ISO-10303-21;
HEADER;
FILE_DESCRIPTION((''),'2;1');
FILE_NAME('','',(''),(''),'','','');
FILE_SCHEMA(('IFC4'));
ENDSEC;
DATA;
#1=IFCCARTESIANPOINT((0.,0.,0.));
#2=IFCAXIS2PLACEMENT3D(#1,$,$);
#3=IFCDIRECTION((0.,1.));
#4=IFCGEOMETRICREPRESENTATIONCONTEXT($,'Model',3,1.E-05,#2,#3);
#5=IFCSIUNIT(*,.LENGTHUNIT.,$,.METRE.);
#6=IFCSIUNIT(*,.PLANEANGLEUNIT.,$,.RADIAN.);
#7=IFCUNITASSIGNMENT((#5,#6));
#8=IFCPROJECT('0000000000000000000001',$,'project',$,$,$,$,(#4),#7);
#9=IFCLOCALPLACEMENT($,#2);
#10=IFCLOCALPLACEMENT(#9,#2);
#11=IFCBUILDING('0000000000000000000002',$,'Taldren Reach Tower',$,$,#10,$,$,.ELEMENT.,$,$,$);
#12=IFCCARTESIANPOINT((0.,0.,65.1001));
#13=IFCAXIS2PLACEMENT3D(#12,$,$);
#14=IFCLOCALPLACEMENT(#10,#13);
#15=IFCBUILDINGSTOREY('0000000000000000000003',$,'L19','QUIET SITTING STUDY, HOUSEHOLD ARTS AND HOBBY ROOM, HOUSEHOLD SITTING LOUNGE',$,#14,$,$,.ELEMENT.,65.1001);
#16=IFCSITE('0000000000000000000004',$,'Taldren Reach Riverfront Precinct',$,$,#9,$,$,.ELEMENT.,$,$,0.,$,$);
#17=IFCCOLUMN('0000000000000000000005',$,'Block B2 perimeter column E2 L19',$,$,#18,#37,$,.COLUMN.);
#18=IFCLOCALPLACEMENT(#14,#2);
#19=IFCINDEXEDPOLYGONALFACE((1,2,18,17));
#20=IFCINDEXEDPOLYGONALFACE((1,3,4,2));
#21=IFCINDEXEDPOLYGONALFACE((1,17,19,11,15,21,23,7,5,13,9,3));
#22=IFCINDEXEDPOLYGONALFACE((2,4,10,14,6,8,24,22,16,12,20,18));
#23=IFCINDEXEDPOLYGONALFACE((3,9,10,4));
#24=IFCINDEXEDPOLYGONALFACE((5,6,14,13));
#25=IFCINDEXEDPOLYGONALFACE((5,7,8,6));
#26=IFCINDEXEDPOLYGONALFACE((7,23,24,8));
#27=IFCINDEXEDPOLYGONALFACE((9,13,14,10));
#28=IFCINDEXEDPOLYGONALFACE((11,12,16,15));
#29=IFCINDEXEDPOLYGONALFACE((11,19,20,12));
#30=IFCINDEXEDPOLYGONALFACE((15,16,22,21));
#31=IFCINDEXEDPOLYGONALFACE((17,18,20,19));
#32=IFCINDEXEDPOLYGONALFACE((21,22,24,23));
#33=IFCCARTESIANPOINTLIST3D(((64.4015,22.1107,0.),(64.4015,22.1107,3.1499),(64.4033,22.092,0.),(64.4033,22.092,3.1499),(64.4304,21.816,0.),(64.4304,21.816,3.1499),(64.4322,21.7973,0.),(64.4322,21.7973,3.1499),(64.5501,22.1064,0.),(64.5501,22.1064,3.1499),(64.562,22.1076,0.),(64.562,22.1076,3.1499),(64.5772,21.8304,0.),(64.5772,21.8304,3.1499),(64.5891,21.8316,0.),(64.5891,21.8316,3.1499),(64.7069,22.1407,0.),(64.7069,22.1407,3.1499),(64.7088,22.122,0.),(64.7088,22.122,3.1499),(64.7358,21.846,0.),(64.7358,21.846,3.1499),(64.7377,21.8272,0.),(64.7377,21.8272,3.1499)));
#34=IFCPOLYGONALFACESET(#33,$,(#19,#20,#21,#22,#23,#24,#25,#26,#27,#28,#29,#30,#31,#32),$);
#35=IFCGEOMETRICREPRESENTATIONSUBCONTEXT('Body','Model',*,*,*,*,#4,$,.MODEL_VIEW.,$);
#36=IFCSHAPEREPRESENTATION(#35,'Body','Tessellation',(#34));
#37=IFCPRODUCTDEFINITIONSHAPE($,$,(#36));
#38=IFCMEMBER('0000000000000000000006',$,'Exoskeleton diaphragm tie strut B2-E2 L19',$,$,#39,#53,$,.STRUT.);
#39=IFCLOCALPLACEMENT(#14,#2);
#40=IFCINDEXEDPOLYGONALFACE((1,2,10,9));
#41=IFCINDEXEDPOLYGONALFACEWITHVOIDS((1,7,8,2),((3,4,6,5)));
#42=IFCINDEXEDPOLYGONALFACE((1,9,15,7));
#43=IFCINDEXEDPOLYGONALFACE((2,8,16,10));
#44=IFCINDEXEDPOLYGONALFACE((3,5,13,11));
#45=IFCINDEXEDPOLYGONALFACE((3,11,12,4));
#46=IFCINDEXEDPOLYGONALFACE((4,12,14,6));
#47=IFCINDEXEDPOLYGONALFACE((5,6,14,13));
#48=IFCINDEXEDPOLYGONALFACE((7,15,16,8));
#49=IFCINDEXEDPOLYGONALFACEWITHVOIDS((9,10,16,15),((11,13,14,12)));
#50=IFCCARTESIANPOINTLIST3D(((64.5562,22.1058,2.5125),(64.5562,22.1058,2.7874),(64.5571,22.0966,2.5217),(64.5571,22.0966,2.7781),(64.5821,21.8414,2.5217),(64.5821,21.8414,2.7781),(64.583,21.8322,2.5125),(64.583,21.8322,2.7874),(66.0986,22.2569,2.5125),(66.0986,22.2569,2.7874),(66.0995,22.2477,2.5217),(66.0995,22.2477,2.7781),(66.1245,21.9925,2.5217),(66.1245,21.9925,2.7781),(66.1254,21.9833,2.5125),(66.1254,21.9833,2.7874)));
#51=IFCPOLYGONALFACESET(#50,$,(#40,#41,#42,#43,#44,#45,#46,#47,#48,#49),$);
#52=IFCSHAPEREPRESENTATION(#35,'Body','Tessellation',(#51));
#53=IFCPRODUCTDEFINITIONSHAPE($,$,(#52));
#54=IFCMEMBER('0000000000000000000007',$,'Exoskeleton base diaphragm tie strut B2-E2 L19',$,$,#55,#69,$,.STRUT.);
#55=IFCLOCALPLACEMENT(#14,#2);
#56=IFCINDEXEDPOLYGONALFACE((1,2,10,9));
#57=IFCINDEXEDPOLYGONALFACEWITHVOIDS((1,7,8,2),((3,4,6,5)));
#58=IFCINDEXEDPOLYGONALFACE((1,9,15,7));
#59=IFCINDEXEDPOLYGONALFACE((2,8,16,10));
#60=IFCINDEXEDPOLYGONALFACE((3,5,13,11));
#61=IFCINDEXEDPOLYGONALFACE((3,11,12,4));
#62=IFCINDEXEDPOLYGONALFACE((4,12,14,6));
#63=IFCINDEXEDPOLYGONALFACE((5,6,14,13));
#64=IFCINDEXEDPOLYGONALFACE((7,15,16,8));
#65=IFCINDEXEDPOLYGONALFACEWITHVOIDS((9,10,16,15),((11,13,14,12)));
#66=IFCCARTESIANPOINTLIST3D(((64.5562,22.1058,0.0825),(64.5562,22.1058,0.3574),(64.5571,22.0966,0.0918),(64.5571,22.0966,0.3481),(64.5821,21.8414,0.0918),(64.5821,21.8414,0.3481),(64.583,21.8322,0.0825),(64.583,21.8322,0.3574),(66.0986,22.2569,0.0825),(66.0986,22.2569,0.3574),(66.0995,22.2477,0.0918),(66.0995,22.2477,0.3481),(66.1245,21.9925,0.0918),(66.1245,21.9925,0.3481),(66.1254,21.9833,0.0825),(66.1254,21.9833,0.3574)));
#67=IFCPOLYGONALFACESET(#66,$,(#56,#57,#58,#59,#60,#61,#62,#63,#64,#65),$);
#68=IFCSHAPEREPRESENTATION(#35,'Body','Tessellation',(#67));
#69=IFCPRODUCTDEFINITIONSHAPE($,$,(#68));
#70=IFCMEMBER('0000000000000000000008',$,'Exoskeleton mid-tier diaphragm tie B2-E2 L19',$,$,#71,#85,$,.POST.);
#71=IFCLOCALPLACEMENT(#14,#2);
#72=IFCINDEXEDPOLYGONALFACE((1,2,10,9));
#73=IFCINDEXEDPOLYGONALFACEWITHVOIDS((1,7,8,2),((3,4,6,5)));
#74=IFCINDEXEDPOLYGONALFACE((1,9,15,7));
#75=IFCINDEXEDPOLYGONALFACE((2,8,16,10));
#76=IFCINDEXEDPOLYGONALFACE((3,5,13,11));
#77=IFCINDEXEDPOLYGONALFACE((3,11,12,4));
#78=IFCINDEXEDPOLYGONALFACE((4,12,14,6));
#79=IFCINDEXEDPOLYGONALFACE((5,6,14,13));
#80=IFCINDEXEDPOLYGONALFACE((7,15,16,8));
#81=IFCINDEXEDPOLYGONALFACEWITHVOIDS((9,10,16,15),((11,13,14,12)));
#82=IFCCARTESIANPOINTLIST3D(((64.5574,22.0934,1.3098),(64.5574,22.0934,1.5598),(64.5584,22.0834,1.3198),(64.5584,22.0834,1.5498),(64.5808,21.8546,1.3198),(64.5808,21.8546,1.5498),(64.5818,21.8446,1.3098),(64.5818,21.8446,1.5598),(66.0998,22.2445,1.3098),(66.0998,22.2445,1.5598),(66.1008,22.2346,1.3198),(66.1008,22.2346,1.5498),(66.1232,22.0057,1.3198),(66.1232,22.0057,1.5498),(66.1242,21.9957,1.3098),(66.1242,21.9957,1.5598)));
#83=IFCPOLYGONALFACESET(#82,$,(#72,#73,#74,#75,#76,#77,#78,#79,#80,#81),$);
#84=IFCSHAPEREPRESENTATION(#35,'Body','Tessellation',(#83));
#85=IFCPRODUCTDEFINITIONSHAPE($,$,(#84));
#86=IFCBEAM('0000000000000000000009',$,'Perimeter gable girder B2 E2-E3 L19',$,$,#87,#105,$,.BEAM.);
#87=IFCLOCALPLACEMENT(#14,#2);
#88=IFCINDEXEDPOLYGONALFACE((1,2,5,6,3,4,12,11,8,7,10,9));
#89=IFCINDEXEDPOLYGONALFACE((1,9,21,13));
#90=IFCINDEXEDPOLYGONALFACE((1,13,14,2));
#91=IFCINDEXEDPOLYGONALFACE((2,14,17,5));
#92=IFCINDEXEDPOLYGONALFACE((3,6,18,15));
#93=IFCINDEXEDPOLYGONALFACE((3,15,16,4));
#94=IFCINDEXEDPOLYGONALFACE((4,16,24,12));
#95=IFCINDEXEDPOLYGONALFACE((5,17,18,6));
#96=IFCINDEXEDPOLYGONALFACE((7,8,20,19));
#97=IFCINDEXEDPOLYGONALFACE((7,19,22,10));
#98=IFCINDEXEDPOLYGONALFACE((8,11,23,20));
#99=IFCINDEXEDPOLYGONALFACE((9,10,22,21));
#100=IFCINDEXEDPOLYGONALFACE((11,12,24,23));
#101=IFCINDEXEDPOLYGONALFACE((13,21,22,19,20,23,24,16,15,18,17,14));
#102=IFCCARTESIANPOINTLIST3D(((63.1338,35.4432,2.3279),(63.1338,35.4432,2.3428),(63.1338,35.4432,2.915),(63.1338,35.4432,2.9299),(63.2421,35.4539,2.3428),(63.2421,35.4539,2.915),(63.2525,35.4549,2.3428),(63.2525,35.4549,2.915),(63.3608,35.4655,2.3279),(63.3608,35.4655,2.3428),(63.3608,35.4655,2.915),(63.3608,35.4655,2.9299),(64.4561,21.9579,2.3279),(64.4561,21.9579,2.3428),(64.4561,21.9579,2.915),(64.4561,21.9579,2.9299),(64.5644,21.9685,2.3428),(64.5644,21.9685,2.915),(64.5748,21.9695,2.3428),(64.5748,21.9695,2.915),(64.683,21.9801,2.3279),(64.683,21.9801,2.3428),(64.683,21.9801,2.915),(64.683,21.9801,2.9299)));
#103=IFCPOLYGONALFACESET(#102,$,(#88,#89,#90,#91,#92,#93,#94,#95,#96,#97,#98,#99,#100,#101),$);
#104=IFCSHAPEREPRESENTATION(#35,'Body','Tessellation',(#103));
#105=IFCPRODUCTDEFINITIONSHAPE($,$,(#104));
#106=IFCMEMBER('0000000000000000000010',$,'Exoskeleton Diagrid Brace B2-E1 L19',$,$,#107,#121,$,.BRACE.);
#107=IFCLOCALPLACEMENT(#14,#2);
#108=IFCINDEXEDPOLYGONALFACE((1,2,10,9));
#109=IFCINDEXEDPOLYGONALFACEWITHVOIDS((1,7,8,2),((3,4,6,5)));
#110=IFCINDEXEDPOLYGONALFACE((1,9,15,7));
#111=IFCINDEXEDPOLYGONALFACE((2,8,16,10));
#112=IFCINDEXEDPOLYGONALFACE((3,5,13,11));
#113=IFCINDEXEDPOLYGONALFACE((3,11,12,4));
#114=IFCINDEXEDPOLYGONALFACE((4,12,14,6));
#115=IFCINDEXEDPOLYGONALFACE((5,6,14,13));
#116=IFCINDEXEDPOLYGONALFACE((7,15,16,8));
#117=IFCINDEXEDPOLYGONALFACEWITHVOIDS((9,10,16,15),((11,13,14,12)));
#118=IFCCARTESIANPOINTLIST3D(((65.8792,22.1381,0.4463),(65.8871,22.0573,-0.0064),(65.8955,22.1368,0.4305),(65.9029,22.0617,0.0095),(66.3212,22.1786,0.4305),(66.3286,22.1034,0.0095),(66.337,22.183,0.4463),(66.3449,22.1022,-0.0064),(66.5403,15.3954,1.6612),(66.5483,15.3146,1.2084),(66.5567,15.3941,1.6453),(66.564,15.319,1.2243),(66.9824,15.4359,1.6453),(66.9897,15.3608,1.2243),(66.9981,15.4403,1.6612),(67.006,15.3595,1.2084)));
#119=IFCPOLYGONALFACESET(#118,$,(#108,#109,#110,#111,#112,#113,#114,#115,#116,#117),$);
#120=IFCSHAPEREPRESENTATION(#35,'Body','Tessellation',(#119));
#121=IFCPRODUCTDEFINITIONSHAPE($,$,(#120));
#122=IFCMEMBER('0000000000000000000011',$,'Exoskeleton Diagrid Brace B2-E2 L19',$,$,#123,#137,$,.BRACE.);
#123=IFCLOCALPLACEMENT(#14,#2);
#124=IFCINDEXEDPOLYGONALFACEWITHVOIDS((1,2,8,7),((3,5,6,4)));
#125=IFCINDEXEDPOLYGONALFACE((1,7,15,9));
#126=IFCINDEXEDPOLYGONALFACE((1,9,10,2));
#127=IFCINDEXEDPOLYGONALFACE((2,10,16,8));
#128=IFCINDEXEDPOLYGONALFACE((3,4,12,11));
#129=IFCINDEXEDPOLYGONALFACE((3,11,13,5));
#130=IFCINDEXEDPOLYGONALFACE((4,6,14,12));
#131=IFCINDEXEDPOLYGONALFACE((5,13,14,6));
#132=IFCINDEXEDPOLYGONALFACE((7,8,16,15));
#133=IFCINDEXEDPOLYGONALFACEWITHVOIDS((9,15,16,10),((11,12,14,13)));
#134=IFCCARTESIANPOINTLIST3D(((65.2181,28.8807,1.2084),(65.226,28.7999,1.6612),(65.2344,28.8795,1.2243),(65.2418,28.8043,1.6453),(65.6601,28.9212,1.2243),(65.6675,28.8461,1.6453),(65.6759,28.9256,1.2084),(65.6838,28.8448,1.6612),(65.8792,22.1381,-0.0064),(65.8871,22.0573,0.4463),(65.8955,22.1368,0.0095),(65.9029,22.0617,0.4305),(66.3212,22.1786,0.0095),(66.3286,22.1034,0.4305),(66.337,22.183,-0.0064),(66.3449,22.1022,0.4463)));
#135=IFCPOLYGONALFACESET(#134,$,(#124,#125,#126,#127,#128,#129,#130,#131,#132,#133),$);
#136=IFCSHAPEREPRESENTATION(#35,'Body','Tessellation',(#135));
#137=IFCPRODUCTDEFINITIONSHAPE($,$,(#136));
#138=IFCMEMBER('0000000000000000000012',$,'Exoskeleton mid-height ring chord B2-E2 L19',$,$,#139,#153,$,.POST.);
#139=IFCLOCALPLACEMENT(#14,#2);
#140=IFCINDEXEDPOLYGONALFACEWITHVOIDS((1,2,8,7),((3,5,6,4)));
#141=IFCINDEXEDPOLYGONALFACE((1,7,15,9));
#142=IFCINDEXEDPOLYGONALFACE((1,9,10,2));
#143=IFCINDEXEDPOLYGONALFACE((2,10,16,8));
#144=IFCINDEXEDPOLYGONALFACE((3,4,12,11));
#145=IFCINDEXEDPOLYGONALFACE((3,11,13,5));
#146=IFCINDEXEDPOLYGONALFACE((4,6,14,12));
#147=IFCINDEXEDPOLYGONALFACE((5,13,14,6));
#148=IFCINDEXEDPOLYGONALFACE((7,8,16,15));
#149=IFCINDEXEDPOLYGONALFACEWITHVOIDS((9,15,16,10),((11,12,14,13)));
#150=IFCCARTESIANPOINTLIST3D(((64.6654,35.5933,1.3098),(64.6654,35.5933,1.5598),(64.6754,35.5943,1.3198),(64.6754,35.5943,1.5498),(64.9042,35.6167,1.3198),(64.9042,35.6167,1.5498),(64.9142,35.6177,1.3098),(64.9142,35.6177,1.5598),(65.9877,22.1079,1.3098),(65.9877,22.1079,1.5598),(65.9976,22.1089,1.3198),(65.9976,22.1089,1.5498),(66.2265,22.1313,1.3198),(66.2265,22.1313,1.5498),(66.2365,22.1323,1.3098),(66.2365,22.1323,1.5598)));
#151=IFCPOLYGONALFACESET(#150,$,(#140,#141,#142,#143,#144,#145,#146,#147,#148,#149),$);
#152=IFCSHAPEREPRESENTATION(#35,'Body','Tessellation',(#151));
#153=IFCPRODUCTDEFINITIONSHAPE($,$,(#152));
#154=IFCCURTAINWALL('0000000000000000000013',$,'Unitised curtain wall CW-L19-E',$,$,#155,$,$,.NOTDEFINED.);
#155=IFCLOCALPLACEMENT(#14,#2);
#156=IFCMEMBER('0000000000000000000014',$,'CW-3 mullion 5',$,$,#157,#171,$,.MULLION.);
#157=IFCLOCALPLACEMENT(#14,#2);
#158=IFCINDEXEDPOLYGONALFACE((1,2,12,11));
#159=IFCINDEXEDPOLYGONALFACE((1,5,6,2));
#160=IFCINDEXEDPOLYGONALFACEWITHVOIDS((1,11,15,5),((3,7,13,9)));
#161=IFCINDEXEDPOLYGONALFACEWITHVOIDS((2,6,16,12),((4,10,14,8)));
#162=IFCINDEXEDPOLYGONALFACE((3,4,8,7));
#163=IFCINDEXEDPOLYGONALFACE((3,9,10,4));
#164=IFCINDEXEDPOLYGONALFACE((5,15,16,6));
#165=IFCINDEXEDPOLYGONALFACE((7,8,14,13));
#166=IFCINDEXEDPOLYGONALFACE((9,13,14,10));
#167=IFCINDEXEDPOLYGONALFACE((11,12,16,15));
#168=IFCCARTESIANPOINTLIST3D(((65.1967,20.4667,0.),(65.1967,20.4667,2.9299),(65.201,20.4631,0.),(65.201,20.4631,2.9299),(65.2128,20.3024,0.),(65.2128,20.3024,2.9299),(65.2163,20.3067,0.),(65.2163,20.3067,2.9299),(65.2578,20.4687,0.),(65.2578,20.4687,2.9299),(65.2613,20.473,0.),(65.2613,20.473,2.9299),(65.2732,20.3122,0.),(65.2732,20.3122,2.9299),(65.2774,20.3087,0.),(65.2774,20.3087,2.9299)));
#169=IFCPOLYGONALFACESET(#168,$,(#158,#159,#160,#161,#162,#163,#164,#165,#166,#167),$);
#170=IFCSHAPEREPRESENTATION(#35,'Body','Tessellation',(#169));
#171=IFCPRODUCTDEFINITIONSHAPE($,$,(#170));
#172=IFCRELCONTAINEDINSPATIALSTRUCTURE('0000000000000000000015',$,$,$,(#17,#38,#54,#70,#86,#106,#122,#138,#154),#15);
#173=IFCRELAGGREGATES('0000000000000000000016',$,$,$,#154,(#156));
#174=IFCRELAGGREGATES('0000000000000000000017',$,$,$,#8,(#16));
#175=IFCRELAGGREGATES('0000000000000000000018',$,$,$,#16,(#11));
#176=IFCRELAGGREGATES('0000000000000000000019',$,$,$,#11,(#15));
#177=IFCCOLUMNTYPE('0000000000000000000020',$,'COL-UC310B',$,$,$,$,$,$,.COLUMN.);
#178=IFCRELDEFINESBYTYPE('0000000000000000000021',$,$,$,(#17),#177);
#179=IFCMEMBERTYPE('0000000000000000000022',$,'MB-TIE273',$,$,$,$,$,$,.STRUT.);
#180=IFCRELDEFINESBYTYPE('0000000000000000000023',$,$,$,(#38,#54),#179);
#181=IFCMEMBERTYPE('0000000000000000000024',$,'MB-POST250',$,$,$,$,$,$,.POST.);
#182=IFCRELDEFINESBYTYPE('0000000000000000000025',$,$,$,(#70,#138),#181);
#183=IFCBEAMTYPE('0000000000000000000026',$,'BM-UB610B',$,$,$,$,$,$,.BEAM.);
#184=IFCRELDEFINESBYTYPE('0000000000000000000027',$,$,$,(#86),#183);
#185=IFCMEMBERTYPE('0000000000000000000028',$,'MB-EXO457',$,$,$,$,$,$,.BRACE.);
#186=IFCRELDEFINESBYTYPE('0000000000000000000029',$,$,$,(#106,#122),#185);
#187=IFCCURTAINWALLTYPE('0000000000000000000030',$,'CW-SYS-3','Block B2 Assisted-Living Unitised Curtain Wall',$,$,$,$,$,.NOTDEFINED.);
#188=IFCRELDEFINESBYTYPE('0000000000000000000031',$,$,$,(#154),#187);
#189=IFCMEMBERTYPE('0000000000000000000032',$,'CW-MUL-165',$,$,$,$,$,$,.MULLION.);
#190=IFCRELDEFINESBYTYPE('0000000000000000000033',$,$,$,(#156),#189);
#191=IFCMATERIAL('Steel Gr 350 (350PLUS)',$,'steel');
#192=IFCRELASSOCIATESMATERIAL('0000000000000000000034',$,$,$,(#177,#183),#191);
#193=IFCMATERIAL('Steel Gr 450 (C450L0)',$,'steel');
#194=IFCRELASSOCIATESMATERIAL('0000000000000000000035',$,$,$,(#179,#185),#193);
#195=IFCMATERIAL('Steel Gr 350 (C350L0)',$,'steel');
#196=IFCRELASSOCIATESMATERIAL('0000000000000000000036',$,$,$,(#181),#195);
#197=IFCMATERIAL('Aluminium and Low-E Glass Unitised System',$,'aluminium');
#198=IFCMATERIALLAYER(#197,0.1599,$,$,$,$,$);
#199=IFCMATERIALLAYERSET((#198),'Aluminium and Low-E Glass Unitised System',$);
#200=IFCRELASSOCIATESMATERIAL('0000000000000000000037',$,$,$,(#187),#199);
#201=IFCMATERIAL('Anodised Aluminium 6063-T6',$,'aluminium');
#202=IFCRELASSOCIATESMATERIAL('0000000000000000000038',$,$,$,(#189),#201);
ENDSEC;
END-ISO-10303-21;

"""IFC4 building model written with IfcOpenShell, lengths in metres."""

from ifc_helpers import new_model, si_unit, direction, frame, origin, origin_2d, place, context, subcontext, project, spatial, hollow_rectangle, i_section, extrude, source, transform, mapped, material, layer, layer_set, material_profile, profile_set, type_object, element, aggregate, save


model = new_model("IFC4")

# Units and contexts
model_context = context("Model", 3, precision=1e-05, world=origin(), true_north=direction((0.0, 1.0)))
body_context = subcontext(model_context, "Body", "Model", "MODEL_VIEW")
ifc_project = project(units=[si_unit("LENGTHUNIT", "METRE"), si_unit("PLANEANGLEUNIT", "RADIAN")], contexts=[model_context])

# Site, building, storey
site_placement = place(None, origin())
site = spatial("IfcSite", under=ifc_project, at=site_placement, Name="Taldren Reach Riverfront Precinct", CompositionType="ELEMENT", RefElevation=0.0)
building_placement = place(site_placement, origin())
building = spatial("IfcBuilding", under=site, at=building_placement, Name="Taldren Reach Tower", CompositionType="ELEMENT")
storey_placement = place(building_placement, frame((0.0, 0.0, 65.1001)))
storey = spatial("IfcBuildingStorey", under=building, at=storey_placement, Name="L19", Description="QUIET SITTING STUDY, HOUSEHOLD ARTS AND HOBBY ROOM, HOUSEHOLD SITTING LOUNGE", CompositionType="ELEMENT", Elevation=65.1001)

# Column
ifc_material_1 = material(Name="Steel Gr 350 (350PLUS)", Category="steel")
ifc_material_profile_1 = material_profile(ifc_material_1, i_section(OverallWidth=0.3069, OverallDepth=0.3149, WebThickness=0.012, FlangeThickness=0.0188, at=origin_2d()), Name="310UC118")
ifc_profile_set_1 = profile_set([ifc_material_profile_1], Name="Steel Gr 350 (350PLUS)")
column_type = type_object("IfcColumnType", Name="COL-UC310B", PredefinedType="COLUMN", material=ifc_profile_set_1)
shared_shape_1 = source(origin(), body_context, "Body", "SweptSolid", [
    extrude(i_section(OverallWidth=0.3069, OverallDepth=0.3149, WebThickness=0.012, FlangeThickness=0.0188, at=origin_2d()), origin(), (0.0, 0.0, 1.0), 3.1499),
])
column_placement = place(storey_placement, frame((64.5696, 21.969, 0.0), z_axis=(0.0, 0.0, 1.0), x_axis=(0.995227, 0.097583, 0.0)))
element("IfcColumn", 1, at=column_placement, inside=storey, type_object=column_type, Name="Block B2 perimeter column E2 L19", PredefinedType="COLUMN", context=body_context, shape_type="MappedRepresentation", body=[
    mapped(shared_shape_1, transform((0.0, 0.0, 0.0), scale=1.0)),
])

# Members
ifc_material_2 = material(Name="Steel Gr 450 (C450L0)", Category="steel")
ifc_material_profile_2 = material_profile(ifc_material_2, hollow_rectangle(XDim=0.2749, YDim=0.2749, WallThickness=0.0093, at=origin_2d()), Name="275x275x9.3SHS")
ifc_profile_set_2 = profile_set([ifc_material_profile_2], Name="Steel Gr 450 (C450L0)")
member_type_1 = type_object("IfcMemberType", Name="MB-TIE273", PredefinedType="STRUT", material=ifc_profile_set_2)
shared_shape_2 = source(origin(), body_context, "Body", "SweptSolid", [
    extrude(hollow_rectangle(XDim=0.2749, YDim=0.2749, WallThickness=0.0093, at=origin_2d()), origin(), (0.0, 0.0, 1.0), 1.5498),
])
for number, where, z_axis, x_axis, name in (
    (2, (64.5696, 21.969, 2.6499), (0.995235, 0.097507, 0.0), (-0.097507, 0.995235, 0.0), "Exoskeleton diaphragm tie strut B2-E2 L19"),
    (3, (64.5696, 21.969, 0.22), (0.995235, 0.097507, 0.0), (-0.097507, 0.995235, 0.0), "Exoskeleton base diaphragm tie strut B2-E2 L19"),
):
    element("IfcMember", number, at=place(storey_placement, frame(where, z_axis=z_axis, x_axis=x_axis)), inside=storey, type_object=member_type_1, Name=name, PredefinedType="STRUT", context=body_context, shape_type="MappedRepresentation", body=[
        mapped(shared_shape_2, transform((0.0, 0.0, 0.0), scale=1.0)),
    ])
ifc_material_3 = material(Name="Steel Gr 350 (C350L0)", Category="steel")
ifc_material_profile_3 = material_profile(ifc_material_3, hollow_rectangle(XDim=0.25, YDim=0.25, WallThickness=0.01, at=origin_2d()), Name="250x250x10.0SHS")
ifc_profile_set_3 = profile_set([ifc_material_profile_3], Name="Steel Gr 350 (C350L0)")
member_type_2 = type_object("IfcMemberType", Name="MB-POST250", PredefinedType="POST", material=ifc_profile_set_3)
shared_shape_3 = source(origin(), body_context, "Body", "SweptSolid", [
    extrude(hollow_rectangle(XDim=0.25, YDim=0.25, WallThickness=0.01, at=origin_2d()), origin(), (0.0, 0.0, 1.0), 1.5498),
])
member_1_placement = place(storey_placement, frame((64.5696, 21.969, 1.4348), z_axis=(0.995235, 0.097507, 0.0), x_axis=(-0.097507, 0.995235, 0.0)))
element("IfcMember", 4, at=member_1_placement, inside=storey, type_object=member_type_2, Name="Exoskeleton mid-tier diaphragm tie B2-E2 L19", PredefinedType="POST", context=body_context, shape_type="MappedRepresentation", body=[
    mapped(shared_shape_3, transform((0.0, 0.0, 0.0), scale=1.0)),
])

# Beam
ifc_material_profile_4 = material_profile(ifc_material_1, i_section(OverallWidth=0.228, OverallDepth=0.6021, WebThickness=0.0105, FlangeThickness=0.0149, at=origin_2d()), Name="610UB101")
ifc_profile_set_4 = profile_set([ifc_material_profile_4], Name="Steel Gr 350 (350PLUS)")
beam_type = type_object("IfcBeamType", Name="BM-UB610B", PredefinedType="BEAM", material=ifc_profile_set_4)
shared_shape_4 = source(origin(), body_context, "Body", "SweptSolid", [
    extrude(i_section(OverallWidth=0.228, OverallDepth=0.6021, WebThickness=0.0105, FlangeThickness=0.0149, at=origin_2d()), origin(), (0.0, 0.0, 1.0), 13.55),
])
beam_placement = place(storey_placement, frame((64.5696, 21.969, 2.6289), z_axis=(-0.097584, 0.995227, 0.0), x_axis=(-0.995227, -0.097584, 0.0)))
element("IfcBeam", 5, at=beam_placement, inside=storey, type_object=beam_type, Name="Perimeter gable girder B2 E2-E3 L19", PredefinedType="BEAM", context=body_context, shape_type="MappedRepresentation", body=[
    mapped(shared_shape_4, transform((0.0, 0.0, 0.0), scale=1.0)),
])

# Members
ifc_material_profile_5 = material_profile(ifc_material_2, hollow_rectangle(XDim=0.46, YDim=0.46, WallThickness=0.0161, at=origin_2d()), Name="460x460x16.0SHS")
ifc_profile_set_5 = profile_set([ifc_material_profile_5], Name="Steel Gr 450 (C450L0)")
member_type_3 = type_object("IfcMemberType", Name="MB-EXO457", PredefinedType="BRACE", material=ifc_profile_set_5)
shared_shape_5 = source(origin(), body_context, "Body", "SweptSolid", [
    extrude(hollow_rectangle(XDim=0.46, YDim=0.46, WallThickness=0.0161, at=origin_2d()), origin(), (0.0, 0.0, 1.0), 6.8831),
])
for number, where, z_axis, x_axis, name in (
    (6, (66.1121, 22.1201, 0.22), (0.096052, -0.979603, 0.176497), (0.995227, 0.097584, 0.0), "Exoskeleton Diagrid Brace B2-E1 L19"),
    (7, (66.1121, 22.1201, 0.22), (-0.096052, 0.979603, 0.176497), (-0.995227, -0.097584, 0.0), "Exoskeleton Diagrid Brace B2-E2 L19"),
):
    element("IfcMember", number, at=place(storey_placement, frame(where, z_axis=z_axis, x_axis=x_axis)), inside=storey, type_object=member_type_3, Name=name, PredefinedType="BRACE", context=body_context, shape_type="MappedRepresentation", body=[
        mapped(shared_shape_5, transform((0.0, 0.0, 0.0), scale=1.0)),
    ])
shared_shape_6 = source(origin(), body_context, "Body", "SweptSolid", [
    extrude(hollow_rectangle(XDim=0.25, YDim=0.25, WallThickness=0.01, at=origin_2d()), origin(), (0.0, 0.0, 1.0), 13.55),
])
member_2_placement = place(storey_placement, frame((66.1121, 22.1201, 1.4348), z_axis=(-0.097584, 0.995227, 0.0), x_axis=(-0.995227, -0.097584, 0.0)))
element("IfcMember", 8, at=member_2_placement, inside=storey, type_object=member_type_2, Name="Exoskeleton mid-height ring chord B2-E2 L19", PredefinedType="POST", context=body_context, shape_type="MappedRepresentation", body=[
    mapped(shared_shape_6, transform((0.0, 0.0, 0.0), scale=1.0)),
])

# Curtain wall, member
ifc_material_4 = material(Name="Aluminium and Low-E Glass Unitised System", Category="aluminium")
ifc_layer_1 = layer(ifc_material_4, 0.1599)
ifc_layer_set_1 = layer_set([ifc_layer_1], Name="Aluminium and Low-E Glass Unitised System")
curtain_wall_type = type_object("IfcCurtainWallType", Name="CW-SYS-3", Description="Block B2 Assisted-Living Unitised Curtain Wall", PredefinedType="NOTDEFINED", material=ifc_layer_set_1)
curtain_wall_placement = place(storey_placement, origin())
curtain_wall = element("IfcCurtainWall", 9, at=curtain_wall_placement, inside=storey, type_object=curtain_wall_type, Name="Unitised curtain wall CW-L19-E", PredefinedType="NOTDEFINED")
ifc_material_5 = material(Name="Anodised Aluminium 6063-T6", Category="aluminium")
ifc_material_profile_6 = material_profile(ifc_material_5, hollow_rectangle(XDim=0.0649, YDim=0.165, WallThickness=0.0039, at=origin_2d()), Name="ALU-165x65x4RHS")
ifc_profile_set_6 = profile_set([ifc_material_profile_6], Name="Anodised Aluminium 6063-T6")
member_type_4 = type_object("IfcMemberType", Name="CW-MUL-165", PredefinedType="MULLION", material=ifc_profile_set_6)
shared_shape_7 = source(origin(), body_context, "Body", "SweptSolid", [
    extrude(hollow_rectangle(XDim=0.0649, YDim=0.165, WallThickness=0.0039, at=origin_2d()), origin(), (0.0, 0.0, 1.0), 2.9299),
])
member_3_placement = place(storey_placement, frame((65.2371, 20.3877, 0.0), z_axis=(0.0, 0.0, 1.0), x_axis=(-0.995227, -0.097583, 0.0)))
member_3 = element("IfcMember", 10, at=member_3_placement, type_object=member_type_4, Name="CW-3 mullion 5", PredefinedType="MULLION", context=body_context, shape_type="MappedRepresentation", body=[
    mapped(shared_shape_7, transform((0.0, 0.0, 0.0), scale=1.0)),
])

aggregate(curtain_wall, [member_3])

save(model, "model.ifc")
